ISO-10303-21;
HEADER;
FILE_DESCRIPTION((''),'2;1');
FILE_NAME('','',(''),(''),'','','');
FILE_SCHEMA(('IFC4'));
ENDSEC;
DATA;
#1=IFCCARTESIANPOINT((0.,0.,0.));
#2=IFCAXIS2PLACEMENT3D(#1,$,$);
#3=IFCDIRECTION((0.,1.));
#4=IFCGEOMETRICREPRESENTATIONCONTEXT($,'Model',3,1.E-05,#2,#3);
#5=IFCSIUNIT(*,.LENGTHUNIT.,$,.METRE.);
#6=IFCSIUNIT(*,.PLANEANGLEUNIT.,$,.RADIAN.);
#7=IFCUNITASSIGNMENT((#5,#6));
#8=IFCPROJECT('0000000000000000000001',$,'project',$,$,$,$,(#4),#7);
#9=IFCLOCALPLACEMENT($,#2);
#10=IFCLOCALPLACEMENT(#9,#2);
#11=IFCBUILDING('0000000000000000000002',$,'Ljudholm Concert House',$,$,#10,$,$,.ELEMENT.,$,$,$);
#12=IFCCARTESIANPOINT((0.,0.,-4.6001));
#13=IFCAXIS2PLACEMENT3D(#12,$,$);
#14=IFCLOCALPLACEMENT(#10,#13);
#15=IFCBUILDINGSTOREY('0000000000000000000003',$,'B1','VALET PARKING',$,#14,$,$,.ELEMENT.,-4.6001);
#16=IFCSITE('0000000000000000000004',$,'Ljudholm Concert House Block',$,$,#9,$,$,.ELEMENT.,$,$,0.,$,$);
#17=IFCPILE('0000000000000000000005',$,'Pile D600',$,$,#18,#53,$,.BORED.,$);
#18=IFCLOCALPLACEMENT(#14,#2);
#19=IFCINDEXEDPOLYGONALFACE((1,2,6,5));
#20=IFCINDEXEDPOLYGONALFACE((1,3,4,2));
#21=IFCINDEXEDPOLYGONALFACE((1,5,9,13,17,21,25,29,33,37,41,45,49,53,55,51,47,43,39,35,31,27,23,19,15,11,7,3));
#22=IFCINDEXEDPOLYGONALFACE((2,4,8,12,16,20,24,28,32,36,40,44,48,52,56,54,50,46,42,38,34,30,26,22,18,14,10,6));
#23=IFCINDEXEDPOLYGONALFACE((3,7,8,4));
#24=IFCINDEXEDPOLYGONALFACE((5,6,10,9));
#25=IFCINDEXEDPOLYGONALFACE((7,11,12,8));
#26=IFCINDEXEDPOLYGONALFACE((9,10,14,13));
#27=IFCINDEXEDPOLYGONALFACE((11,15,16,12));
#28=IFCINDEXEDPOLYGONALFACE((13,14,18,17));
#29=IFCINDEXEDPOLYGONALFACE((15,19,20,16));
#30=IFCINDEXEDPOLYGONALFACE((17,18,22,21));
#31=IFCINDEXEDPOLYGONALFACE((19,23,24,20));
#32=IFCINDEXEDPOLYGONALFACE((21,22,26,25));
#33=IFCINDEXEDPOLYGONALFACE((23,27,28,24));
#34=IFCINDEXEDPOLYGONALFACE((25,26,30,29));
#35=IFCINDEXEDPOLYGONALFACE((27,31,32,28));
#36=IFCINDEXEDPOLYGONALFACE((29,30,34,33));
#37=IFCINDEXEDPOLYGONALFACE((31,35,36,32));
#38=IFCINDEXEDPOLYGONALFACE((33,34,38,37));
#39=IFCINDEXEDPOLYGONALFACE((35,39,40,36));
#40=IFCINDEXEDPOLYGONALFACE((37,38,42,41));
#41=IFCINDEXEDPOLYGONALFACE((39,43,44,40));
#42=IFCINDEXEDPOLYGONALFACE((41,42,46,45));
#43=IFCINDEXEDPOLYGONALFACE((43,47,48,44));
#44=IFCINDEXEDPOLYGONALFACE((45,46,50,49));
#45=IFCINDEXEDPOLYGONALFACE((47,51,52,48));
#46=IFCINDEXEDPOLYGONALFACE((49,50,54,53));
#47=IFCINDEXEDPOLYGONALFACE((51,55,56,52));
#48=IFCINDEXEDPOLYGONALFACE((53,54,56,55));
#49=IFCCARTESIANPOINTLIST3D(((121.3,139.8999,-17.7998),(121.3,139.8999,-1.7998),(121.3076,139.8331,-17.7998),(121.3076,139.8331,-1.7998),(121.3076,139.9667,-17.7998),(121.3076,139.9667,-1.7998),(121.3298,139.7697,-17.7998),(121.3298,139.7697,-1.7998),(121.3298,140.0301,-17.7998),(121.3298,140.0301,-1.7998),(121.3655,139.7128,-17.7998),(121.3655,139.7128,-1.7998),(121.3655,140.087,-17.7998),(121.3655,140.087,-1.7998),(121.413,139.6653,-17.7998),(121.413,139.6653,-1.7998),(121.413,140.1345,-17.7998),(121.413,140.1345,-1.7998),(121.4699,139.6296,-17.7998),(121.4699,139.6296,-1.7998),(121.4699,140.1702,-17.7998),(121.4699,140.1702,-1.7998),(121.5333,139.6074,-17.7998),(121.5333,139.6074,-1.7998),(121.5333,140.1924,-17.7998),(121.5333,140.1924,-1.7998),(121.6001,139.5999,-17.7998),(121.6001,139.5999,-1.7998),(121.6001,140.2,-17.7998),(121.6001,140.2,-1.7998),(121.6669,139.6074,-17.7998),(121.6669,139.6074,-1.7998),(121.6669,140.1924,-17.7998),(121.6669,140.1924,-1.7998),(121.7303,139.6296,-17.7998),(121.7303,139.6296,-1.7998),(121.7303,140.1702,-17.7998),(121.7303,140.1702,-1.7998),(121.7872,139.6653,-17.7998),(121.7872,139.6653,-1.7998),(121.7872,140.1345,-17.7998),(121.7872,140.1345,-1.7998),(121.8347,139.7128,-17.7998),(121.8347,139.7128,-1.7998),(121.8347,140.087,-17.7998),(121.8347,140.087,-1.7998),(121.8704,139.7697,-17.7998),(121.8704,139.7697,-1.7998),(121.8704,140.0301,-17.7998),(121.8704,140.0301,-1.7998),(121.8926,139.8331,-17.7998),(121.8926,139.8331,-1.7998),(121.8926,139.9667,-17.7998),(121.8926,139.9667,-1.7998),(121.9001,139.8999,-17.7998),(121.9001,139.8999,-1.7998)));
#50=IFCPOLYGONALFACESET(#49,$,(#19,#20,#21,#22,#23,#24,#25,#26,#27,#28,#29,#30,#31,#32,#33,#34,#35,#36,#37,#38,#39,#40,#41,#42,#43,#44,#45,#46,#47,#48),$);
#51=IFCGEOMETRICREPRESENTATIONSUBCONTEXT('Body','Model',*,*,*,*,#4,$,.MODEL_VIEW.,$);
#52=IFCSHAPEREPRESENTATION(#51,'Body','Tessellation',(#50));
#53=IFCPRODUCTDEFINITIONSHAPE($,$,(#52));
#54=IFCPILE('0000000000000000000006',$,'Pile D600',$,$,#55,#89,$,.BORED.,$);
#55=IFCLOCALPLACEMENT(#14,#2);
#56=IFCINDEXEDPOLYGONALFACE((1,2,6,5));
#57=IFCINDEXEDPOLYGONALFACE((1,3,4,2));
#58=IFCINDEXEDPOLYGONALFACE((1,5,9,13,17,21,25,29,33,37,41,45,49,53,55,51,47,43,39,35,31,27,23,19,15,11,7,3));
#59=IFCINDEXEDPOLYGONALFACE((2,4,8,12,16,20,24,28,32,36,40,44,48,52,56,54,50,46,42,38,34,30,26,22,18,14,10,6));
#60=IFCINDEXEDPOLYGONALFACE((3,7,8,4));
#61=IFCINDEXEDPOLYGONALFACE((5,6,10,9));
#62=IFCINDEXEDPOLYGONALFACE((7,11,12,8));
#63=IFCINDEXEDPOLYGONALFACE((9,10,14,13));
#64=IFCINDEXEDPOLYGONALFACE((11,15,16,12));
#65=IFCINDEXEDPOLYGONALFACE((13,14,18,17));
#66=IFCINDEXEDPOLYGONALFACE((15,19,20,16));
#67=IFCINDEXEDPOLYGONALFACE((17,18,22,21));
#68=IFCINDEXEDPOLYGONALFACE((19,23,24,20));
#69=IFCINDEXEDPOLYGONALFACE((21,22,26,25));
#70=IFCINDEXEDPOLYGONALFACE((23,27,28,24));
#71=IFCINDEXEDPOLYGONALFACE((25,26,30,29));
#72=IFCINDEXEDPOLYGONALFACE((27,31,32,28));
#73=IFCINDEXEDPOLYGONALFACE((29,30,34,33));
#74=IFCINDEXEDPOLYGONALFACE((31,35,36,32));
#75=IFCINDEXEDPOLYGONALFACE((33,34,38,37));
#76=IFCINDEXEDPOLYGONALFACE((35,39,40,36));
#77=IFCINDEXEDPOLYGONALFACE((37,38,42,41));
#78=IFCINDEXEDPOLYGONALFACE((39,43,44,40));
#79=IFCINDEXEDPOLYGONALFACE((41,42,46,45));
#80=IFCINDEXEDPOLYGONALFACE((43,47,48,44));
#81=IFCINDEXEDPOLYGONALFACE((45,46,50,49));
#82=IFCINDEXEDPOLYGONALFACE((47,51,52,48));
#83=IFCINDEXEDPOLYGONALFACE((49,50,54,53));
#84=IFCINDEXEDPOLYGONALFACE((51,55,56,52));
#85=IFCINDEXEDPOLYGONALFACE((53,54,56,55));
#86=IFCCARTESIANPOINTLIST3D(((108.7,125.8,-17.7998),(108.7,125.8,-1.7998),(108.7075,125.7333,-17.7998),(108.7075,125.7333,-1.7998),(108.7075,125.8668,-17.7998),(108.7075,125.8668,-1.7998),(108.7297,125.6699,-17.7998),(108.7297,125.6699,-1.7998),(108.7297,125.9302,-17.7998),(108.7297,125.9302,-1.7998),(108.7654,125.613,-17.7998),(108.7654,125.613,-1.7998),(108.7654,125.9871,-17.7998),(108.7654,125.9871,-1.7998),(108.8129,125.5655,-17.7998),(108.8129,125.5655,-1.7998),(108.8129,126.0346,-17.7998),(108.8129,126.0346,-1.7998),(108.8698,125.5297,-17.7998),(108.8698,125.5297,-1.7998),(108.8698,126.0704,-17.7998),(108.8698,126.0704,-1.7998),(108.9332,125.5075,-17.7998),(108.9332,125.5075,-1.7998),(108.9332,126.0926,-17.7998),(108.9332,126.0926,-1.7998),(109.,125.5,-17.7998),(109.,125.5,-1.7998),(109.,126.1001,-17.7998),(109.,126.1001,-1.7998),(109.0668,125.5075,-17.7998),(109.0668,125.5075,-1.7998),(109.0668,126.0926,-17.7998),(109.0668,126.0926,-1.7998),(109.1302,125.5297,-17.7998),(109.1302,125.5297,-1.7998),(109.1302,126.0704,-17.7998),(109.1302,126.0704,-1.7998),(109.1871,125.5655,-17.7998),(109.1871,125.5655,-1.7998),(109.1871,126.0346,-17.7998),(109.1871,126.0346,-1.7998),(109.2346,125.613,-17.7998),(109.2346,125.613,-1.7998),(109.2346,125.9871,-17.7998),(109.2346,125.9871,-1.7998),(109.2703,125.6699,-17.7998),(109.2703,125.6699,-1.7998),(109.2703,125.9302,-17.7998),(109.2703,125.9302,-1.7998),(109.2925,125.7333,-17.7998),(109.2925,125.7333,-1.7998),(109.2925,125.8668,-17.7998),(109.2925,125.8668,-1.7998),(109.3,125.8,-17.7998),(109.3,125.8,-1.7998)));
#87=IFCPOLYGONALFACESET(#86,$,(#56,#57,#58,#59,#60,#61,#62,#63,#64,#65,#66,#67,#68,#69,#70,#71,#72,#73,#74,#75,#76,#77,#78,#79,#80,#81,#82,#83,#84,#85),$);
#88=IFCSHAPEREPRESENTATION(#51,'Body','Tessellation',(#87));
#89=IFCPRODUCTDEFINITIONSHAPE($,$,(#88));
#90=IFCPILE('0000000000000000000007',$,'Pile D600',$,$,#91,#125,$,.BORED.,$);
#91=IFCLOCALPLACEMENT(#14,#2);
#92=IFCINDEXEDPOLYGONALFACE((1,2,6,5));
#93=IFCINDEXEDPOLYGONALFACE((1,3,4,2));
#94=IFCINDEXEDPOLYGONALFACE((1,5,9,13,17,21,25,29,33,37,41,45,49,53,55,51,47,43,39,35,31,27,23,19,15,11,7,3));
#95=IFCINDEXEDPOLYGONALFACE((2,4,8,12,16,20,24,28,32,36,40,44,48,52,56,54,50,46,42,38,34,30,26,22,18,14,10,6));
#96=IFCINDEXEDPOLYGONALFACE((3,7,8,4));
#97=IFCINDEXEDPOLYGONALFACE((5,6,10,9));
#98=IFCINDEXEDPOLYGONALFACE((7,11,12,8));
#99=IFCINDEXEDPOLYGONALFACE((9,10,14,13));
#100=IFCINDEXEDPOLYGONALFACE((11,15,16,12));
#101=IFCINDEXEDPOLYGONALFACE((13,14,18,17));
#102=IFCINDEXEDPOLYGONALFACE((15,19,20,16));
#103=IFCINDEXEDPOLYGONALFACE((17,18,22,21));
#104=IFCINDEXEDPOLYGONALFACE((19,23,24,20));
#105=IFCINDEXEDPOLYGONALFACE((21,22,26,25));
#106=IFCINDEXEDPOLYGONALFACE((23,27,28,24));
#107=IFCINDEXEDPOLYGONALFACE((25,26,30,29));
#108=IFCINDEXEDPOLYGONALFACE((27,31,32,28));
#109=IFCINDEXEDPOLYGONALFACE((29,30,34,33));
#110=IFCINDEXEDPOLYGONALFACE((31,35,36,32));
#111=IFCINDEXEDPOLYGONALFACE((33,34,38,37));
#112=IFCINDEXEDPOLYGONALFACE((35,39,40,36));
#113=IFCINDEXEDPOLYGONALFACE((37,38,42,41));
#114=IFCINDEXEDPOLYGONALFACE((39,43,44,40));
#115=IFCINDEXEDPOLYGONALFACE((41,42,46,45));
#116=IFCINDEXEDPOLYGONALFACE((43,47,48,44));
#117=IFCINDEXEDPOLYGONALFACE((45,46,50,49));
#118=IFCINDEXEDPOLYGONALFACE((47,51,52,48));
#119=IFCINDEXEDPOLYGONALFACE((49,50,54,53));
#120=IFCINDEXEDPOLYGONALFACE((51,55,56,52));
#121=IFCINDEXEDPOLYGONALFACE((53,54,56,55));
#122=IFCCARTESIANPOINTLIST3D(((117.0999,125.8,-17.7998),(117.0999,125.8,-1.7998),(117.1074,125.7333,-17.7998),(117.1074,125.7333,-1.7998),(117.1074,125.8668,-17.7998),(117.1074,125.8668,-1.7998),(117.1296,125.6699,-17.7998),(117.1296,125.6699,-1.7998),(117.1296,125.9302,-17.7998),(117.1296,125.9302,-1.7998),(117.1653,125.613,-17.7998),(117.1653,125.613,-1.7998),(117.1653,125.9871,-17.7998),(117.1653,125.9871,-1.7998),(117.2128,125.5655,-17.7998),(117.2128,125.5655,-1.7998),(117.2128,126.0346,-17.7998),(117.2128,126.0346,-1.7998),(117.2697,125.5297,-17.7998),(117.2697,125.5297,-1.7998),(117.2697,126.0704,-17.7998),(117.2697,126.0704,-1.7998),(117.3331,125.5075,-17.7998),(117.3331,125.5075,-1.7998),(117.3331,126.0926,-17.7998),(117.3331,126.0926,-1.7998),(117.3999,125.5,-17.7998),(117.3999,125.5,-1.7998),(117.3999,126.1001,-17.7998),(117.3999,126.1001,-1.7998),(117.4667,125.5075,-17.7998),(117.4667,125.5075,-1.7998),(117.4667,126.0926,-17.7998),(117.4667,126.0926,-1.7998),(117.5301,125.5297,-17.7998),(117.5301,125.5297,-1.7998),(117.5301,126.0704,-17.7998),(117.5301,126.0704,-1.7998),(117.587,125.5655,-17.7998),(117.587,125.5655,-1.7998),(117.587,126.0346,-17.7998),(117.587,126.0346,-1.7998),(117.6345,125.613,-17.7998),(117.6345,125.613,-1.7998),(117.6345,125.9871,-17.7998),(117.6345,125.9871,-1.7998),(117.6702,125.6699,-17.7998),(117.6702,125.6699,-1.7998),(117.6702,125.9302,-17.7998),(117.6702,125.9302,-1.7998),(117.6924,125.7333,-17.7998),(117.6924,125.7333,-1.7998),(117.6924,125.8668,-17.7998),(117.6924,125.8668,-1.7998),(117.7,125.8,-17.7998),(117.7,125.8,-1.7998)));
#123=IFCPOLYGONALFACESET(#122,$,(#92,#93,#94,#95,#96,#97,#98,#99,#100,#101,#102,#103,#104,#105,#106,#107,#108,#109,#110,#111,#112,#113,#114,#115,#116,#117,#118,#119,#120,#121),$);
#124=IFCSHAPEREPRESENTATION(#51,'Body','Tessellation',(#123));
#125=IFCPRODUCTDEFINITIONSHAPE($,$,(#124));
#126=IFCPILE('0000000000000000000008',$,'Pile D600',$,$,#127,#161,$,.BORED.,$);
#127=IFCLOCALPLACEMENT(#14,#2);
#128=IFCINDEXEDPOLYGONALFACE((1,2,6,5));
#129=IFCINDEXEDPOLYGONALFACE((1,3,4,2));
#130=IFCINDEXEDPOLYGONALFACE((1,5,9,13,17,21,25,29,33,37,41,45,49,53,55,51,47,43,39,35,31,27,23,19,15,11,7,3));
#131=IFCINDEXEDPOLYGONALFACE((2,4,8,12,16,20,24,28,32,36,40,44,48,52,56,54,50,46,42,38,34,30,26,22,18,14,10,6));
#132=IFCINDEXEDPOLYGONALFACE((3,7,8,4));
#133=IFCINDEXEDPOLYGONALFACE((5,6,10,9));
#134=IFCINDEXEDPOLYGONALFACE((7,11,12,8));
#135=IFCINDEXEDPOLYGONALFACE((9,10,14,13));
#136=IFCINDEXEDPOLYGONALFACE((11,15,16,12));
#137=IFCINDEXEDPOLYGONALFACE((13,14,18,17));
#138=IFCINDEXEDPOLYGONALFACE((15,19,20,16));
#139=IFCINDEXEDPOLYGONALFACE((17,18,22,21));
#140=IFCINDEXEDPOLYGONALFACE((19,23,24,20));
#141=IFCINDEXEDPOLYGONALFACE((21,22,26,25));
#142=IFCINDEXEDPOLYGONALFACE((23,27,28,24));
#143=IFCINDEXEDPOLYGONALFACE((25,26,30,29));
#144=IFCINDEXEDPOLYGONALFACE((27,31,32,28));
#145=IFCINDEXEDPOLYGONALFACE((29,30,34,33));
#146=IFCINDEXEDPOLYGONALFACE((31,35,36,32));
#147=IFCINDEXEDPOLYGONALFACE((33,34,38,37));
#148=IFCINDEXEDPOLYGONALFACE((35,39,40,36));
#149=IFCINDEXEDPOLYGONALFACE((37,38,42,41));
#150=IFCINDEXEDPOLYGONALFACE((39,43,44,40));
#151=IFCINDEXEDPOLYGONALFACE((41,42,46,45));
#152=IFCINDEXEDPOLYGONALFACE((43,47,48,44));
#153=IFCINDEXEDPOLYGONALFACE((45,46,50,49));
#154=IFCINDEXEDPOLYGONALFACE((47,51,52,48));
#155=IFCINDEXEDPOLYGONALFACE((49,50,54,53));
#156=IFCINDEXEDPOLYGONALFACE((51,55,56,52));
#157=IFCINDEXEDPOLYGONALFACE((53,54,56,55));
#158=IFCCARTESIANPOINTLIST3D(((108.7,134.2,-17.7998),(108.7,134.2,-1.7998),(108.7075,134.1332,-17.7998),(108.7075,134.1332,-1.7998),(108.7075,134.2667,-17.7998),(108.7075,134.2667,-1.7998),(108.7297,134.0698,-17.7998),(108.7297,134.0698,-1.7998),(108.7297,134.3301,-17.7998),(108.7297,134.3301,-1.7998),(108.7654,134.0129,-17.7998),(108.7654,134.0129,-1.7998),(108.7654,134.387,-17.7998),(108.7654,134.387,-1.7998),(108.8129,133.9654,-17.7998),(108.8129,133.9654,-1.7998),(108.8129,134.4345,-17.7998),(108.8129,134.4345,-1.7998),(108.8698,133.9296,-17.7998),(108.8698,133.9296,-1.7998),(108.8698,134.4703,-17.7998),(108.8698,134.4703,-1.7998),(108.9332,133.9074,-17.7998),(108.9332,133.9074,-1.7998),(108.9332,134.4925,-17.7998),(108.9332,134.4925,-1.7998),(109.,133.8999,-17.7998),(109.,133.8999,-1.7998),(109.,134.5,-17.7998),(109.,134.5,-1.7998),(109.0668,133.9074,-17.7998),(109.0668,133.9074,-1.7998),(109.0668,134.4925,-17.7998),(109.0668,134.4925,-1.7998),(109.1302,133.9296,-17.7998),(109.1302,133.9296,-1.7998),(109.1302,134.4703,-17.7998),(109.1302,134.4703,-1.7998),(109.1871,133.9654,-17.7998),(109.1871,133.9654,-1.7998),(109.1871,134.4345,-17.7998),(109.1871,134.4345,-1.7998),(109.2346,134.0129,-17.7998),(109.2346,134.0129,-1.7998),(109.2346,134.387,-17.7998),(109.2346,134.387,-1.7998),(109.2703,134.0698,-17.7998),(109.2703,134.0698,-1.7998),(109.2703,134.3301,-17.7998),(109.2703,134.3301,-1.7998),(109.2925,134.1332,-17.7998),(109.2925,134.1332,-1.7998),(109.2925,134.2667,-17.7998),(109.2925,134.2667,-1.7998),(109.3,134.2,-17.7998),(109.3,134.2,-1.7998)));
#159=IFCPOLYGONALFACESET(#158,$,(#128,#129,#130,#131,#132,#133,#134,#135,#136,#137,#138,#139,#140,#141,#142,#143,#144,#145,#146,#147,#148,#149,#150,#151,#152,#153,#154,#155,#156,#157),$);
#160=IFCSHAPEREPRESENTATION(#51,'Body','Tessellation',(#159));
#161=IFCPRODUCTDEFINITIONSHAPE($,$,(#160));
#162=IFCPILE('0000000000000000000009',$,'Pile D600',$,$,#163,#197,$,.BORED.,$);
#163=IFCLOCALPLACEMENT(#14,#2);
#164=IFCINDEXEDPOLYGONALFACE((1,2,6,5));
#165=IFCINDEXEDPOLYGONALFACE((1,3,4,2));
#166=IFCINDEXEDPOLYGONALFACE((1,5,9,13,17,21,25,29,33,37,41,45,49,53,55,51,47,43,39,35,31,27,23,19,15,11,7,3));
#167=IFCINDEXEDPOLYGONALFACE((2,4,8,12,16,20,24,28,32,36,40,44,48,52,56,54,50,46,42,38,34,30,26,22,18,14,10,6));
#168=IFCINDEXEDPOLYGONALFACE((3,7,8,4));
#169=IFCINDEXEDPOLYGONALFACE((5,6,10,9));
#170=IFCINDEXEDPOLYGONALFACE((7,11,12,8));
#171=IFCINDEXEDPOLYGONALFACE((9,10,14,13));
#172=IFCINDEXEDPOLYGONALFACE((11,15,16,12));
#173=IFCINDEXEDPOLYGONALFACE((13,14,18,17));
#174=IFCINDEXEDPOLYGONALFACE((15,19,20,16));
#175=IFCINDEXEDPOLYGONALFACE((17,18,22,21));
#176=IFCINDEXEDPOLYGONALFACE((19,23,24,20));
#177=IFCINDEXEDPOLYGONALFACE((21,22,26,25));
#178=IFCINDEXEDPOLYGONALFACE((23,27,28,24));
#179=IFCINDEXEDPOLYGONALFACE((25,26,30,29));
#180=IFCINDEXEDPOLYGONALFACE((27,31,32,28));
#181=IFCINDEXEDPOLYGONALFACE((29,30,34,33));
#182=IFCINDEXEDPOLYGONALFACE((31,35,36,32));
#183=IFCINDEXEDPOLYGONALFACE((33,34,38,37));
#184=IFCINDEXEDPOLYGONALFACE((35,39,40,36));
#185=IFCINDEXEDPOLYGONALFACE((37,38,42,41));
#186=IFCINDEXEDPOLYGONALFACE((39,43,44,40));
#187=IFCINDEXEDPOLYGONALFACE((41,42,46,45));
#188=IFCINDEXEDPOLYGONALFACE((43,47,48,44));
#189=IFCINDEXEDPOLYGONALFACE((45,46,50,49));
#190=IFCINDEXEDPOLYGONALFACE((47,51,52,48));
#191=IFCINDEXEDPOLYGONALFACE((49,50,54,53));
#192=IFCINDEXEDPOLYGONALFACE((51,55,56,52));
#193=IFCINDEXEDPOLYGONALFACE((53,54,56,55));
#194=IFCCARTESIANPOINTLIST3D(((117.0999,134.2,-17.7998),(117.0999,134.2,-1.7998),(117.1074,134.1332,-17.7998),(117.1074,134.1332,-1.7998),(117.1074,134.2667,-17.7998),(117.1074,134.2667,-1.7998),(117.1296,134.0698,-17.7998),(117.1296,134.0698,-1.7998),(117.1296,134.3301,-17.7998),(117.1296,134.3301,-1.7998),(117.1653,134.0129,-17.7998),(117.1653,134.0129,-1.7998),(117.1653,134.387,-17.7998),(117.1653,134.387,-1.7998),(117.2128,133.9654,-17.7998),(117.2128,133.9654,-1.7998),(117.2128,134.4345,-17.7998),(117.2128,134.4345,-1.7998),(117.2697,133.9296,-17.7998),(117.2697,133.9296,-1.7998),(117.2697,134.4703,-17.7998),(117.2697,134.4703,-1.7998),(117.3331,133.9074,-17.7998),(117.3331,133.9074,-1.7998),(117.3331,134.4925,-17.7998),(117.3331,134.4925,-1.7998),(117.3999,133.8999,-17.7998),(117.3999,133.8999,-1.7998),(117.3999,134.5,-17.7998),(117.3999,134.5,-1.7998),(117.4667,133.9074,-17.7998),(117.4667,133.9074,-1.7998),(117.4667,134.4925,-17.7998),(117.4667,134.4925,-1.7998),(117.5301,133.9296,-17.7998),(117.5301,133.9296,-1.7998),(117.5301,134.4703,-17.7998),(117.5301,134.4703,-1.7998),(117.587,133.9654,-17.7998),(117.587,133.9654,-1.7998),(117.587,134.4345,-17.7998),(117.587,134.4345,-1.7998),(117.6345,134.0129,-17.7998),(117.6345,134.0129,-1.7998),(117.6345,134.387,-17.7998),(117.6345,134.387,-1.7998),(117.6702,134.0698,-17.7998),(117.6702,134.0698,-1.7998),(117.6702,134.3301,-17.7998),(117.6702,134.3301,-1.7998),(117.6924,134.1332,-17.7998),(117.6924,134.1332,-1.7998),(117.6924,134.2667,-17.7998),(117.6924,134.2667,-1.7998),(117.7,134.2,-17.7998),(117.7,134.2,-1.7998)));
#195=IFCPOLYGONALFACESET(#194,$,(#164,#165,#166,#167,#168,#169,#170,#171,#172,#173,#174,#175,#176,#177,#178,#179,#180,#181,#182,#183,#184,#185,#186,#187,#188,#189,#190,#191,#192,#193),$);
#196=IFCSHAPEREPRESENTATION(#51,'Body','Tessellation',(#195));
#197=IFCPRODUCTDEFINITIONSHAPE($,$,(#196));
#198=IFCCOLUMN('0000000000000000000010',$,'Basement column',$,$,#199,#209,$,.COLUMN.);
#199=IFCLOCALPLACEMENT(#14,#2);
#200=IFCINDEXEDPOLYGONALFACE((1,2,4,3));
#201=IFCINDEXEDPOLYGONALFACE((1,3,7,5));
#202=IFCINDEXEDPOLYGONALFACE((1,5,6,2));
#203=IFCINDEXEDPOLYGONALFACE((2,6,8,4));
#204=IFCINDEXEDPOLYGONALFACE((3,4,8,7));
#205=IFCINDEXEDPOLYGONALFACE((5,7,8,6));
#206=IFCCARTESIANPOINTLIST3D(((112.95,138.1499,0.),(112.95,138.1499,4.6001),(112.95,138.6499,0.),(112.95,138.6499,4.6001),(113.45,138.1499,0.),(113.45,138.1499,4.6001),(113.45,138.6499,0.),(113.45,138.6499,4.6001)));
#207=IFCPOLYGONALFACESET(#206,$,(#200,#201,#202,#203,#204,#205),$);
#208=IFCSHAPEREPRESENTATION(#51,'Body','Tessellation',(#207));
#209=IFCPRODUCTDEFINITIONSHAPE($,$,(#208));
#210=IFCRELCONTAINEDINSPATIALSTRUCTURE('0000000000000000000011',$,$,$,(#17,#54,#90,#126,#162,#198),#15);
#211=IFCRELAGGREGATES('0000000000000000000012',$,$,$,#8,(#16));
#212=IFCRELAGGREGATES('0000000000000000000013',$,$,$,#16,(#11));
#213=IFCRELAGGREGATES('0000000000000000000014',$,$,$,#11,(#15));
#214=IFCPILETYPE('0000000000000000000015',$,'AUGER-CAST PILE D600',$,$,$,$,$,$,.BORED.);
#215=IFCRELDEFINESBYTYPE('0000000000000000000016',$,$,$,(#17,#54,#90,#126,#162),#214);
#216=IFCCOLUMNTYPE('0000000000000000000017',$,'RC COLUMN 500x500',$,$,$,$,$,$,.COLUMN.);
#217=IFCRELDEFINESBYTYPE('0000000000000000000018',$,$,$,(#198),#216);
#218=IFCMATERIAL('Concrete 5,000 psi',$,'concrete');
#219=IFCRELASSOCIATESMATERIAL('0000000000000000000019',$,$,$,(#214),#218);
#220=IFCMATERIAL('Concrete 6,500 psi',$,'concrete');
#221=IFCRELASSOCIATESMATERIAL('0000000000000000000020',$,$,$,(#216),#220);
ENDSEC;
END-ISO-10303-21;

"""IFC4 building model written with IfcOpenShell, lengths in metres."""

from ifc_helpers import new_model, si_unit, direction, frame, origin, origin_2d, place, context, subcontext, project, spatial, rectangle, circle, extrude, material, material_profile, profile_set, type_object, element, save


model = new_model("IFC4")

# Units and contexts
model_context = context("Model", 3, precision=1e-05, world=origin(), true_north=direction((0.0, 1.0)))
body_context = subcontext(model_context, "Body", "Model", "MODEL_VIEW")
ifc_project = project(units=[si_unit("LENGTHUNIT", "METRE"), si_unit("PLANEANGLEUNIT", "RADIAN")], contexts=[model_context])

# Site, building, storey
site_placement = place(None, origin())
site = spatial("IfcSite", under=ifc_project, at=site_placement, Name="Ljudholm Concert House Block", CompositionType="ELEMENT", RefElevation=0.0)
building_placement = place(site_placement, origin())
building = spatial("IfcBuilding", under=site, at=building_placement, Name="Ljudholm Concert House", CompositionType="ELEMENT")
storey_placement = place(building_placement, frame((0.0, 0.0, -4.6001)))
storey = spatial("IfcBuildingStorey", under=building, at=storey_placement, Name="B1", Description="VALET PARKING", CompositionType="ELEMENT", Elevation=-4.6001)

# Piles
ifc_material_1 = material(Name="Concrete 5,000 psi", Category="concrete")
ifc_material_profile_1 = material_profile(ifc_material_1, circle(Radius=0.3, at=origin_2d()), Name="AUGER-CAST PILE D600")
ifc_profile_set_1 = profile_set([ifc_material_profile_1], Name="Concrete 5,000 psi")
pile_type = type_object("IfcPileType", Name="AUGER-CAST PILE D600", PredefinedType="BORED", material=ifc_profile_set_1)
for number, where, z_axis, x_axis, name in (
    (1, (121.6001, 139.8999, -1.7998), (0.0, 0.0, -1.0), (1.0, 0.0, 0.0), "Pile D600"),
    (2, (109.0, 125.8, -1.7998), (0.0, 0.0, -1.0), (1.0, 0.0, 0.0), "Pile D600"),
    (3, (117.3999, 125.8, -1.7998), (0.0, 0.0, -1.0), (1.0, 0.0, 0.0), "Pile D600"),
    (4, (109.0, 134.2, -1.7998), (0.0, 0.0, -1.0), (1.0, 0.0, 0.0), "Pile D600"),
    (5, (117.3999, 134.2, -1.7998), (0.0, 0.0, -1.0), (1.0, 0.0, 0.0), "Pile D600"),
):
    element("IfcPile", number, at=place(storey_placement, frame(where, z_axis=z_axis, x_axis=x_axis)), inside=storey, type_object=pile_type, Name=name, PredefinedType="BORED", context=body_context, shape_type="SweptSolid", body=[
        extrude(circle(Radius=0.3, at=origin_2d()), origin(), (0.0, 0.0, 1.0), 16.0),
    ])

# Column
ifc_material_2 = material(Name="Concrete 6,500 psi", Category="concrete")
ifc_material_profile_2 = material_profile(ifc_material_2, rectangle(XDim=0.5, YDim=0.5, at=origin_2d()), Name="RC COLUMN 500x500")
ifc_profile_set_2 = profile_set([ifc_material_profile_2], Name="Concrete 6,500 psi")
column_type_1 = type_object("IfcColumnType", Name="RC COLUMN 500x500", PredefinedType="COLUMN", material=ifc_profile_set_2)
column_placement = place(storey_placement, frame((113.2, 138.3999, 0.0), z_axis=(0.0, 0.0, 1.0), x_axis=(1.0, 0.0, 0.0)))
element("IfcColumn", 6, at=column_placement, inside=storey, type_object=column_type_1, Name="Basement column", PredefinedType="COLUMN", context=body_context, shape_type="SweptSolid", body=[
    extrude(rectangle(XDim=0.5, YDim=0.5, at=origin_2d()), origin(), (0.0, 0.0, 1.0), 4.6001),
])

save(model, "model.ifc")
